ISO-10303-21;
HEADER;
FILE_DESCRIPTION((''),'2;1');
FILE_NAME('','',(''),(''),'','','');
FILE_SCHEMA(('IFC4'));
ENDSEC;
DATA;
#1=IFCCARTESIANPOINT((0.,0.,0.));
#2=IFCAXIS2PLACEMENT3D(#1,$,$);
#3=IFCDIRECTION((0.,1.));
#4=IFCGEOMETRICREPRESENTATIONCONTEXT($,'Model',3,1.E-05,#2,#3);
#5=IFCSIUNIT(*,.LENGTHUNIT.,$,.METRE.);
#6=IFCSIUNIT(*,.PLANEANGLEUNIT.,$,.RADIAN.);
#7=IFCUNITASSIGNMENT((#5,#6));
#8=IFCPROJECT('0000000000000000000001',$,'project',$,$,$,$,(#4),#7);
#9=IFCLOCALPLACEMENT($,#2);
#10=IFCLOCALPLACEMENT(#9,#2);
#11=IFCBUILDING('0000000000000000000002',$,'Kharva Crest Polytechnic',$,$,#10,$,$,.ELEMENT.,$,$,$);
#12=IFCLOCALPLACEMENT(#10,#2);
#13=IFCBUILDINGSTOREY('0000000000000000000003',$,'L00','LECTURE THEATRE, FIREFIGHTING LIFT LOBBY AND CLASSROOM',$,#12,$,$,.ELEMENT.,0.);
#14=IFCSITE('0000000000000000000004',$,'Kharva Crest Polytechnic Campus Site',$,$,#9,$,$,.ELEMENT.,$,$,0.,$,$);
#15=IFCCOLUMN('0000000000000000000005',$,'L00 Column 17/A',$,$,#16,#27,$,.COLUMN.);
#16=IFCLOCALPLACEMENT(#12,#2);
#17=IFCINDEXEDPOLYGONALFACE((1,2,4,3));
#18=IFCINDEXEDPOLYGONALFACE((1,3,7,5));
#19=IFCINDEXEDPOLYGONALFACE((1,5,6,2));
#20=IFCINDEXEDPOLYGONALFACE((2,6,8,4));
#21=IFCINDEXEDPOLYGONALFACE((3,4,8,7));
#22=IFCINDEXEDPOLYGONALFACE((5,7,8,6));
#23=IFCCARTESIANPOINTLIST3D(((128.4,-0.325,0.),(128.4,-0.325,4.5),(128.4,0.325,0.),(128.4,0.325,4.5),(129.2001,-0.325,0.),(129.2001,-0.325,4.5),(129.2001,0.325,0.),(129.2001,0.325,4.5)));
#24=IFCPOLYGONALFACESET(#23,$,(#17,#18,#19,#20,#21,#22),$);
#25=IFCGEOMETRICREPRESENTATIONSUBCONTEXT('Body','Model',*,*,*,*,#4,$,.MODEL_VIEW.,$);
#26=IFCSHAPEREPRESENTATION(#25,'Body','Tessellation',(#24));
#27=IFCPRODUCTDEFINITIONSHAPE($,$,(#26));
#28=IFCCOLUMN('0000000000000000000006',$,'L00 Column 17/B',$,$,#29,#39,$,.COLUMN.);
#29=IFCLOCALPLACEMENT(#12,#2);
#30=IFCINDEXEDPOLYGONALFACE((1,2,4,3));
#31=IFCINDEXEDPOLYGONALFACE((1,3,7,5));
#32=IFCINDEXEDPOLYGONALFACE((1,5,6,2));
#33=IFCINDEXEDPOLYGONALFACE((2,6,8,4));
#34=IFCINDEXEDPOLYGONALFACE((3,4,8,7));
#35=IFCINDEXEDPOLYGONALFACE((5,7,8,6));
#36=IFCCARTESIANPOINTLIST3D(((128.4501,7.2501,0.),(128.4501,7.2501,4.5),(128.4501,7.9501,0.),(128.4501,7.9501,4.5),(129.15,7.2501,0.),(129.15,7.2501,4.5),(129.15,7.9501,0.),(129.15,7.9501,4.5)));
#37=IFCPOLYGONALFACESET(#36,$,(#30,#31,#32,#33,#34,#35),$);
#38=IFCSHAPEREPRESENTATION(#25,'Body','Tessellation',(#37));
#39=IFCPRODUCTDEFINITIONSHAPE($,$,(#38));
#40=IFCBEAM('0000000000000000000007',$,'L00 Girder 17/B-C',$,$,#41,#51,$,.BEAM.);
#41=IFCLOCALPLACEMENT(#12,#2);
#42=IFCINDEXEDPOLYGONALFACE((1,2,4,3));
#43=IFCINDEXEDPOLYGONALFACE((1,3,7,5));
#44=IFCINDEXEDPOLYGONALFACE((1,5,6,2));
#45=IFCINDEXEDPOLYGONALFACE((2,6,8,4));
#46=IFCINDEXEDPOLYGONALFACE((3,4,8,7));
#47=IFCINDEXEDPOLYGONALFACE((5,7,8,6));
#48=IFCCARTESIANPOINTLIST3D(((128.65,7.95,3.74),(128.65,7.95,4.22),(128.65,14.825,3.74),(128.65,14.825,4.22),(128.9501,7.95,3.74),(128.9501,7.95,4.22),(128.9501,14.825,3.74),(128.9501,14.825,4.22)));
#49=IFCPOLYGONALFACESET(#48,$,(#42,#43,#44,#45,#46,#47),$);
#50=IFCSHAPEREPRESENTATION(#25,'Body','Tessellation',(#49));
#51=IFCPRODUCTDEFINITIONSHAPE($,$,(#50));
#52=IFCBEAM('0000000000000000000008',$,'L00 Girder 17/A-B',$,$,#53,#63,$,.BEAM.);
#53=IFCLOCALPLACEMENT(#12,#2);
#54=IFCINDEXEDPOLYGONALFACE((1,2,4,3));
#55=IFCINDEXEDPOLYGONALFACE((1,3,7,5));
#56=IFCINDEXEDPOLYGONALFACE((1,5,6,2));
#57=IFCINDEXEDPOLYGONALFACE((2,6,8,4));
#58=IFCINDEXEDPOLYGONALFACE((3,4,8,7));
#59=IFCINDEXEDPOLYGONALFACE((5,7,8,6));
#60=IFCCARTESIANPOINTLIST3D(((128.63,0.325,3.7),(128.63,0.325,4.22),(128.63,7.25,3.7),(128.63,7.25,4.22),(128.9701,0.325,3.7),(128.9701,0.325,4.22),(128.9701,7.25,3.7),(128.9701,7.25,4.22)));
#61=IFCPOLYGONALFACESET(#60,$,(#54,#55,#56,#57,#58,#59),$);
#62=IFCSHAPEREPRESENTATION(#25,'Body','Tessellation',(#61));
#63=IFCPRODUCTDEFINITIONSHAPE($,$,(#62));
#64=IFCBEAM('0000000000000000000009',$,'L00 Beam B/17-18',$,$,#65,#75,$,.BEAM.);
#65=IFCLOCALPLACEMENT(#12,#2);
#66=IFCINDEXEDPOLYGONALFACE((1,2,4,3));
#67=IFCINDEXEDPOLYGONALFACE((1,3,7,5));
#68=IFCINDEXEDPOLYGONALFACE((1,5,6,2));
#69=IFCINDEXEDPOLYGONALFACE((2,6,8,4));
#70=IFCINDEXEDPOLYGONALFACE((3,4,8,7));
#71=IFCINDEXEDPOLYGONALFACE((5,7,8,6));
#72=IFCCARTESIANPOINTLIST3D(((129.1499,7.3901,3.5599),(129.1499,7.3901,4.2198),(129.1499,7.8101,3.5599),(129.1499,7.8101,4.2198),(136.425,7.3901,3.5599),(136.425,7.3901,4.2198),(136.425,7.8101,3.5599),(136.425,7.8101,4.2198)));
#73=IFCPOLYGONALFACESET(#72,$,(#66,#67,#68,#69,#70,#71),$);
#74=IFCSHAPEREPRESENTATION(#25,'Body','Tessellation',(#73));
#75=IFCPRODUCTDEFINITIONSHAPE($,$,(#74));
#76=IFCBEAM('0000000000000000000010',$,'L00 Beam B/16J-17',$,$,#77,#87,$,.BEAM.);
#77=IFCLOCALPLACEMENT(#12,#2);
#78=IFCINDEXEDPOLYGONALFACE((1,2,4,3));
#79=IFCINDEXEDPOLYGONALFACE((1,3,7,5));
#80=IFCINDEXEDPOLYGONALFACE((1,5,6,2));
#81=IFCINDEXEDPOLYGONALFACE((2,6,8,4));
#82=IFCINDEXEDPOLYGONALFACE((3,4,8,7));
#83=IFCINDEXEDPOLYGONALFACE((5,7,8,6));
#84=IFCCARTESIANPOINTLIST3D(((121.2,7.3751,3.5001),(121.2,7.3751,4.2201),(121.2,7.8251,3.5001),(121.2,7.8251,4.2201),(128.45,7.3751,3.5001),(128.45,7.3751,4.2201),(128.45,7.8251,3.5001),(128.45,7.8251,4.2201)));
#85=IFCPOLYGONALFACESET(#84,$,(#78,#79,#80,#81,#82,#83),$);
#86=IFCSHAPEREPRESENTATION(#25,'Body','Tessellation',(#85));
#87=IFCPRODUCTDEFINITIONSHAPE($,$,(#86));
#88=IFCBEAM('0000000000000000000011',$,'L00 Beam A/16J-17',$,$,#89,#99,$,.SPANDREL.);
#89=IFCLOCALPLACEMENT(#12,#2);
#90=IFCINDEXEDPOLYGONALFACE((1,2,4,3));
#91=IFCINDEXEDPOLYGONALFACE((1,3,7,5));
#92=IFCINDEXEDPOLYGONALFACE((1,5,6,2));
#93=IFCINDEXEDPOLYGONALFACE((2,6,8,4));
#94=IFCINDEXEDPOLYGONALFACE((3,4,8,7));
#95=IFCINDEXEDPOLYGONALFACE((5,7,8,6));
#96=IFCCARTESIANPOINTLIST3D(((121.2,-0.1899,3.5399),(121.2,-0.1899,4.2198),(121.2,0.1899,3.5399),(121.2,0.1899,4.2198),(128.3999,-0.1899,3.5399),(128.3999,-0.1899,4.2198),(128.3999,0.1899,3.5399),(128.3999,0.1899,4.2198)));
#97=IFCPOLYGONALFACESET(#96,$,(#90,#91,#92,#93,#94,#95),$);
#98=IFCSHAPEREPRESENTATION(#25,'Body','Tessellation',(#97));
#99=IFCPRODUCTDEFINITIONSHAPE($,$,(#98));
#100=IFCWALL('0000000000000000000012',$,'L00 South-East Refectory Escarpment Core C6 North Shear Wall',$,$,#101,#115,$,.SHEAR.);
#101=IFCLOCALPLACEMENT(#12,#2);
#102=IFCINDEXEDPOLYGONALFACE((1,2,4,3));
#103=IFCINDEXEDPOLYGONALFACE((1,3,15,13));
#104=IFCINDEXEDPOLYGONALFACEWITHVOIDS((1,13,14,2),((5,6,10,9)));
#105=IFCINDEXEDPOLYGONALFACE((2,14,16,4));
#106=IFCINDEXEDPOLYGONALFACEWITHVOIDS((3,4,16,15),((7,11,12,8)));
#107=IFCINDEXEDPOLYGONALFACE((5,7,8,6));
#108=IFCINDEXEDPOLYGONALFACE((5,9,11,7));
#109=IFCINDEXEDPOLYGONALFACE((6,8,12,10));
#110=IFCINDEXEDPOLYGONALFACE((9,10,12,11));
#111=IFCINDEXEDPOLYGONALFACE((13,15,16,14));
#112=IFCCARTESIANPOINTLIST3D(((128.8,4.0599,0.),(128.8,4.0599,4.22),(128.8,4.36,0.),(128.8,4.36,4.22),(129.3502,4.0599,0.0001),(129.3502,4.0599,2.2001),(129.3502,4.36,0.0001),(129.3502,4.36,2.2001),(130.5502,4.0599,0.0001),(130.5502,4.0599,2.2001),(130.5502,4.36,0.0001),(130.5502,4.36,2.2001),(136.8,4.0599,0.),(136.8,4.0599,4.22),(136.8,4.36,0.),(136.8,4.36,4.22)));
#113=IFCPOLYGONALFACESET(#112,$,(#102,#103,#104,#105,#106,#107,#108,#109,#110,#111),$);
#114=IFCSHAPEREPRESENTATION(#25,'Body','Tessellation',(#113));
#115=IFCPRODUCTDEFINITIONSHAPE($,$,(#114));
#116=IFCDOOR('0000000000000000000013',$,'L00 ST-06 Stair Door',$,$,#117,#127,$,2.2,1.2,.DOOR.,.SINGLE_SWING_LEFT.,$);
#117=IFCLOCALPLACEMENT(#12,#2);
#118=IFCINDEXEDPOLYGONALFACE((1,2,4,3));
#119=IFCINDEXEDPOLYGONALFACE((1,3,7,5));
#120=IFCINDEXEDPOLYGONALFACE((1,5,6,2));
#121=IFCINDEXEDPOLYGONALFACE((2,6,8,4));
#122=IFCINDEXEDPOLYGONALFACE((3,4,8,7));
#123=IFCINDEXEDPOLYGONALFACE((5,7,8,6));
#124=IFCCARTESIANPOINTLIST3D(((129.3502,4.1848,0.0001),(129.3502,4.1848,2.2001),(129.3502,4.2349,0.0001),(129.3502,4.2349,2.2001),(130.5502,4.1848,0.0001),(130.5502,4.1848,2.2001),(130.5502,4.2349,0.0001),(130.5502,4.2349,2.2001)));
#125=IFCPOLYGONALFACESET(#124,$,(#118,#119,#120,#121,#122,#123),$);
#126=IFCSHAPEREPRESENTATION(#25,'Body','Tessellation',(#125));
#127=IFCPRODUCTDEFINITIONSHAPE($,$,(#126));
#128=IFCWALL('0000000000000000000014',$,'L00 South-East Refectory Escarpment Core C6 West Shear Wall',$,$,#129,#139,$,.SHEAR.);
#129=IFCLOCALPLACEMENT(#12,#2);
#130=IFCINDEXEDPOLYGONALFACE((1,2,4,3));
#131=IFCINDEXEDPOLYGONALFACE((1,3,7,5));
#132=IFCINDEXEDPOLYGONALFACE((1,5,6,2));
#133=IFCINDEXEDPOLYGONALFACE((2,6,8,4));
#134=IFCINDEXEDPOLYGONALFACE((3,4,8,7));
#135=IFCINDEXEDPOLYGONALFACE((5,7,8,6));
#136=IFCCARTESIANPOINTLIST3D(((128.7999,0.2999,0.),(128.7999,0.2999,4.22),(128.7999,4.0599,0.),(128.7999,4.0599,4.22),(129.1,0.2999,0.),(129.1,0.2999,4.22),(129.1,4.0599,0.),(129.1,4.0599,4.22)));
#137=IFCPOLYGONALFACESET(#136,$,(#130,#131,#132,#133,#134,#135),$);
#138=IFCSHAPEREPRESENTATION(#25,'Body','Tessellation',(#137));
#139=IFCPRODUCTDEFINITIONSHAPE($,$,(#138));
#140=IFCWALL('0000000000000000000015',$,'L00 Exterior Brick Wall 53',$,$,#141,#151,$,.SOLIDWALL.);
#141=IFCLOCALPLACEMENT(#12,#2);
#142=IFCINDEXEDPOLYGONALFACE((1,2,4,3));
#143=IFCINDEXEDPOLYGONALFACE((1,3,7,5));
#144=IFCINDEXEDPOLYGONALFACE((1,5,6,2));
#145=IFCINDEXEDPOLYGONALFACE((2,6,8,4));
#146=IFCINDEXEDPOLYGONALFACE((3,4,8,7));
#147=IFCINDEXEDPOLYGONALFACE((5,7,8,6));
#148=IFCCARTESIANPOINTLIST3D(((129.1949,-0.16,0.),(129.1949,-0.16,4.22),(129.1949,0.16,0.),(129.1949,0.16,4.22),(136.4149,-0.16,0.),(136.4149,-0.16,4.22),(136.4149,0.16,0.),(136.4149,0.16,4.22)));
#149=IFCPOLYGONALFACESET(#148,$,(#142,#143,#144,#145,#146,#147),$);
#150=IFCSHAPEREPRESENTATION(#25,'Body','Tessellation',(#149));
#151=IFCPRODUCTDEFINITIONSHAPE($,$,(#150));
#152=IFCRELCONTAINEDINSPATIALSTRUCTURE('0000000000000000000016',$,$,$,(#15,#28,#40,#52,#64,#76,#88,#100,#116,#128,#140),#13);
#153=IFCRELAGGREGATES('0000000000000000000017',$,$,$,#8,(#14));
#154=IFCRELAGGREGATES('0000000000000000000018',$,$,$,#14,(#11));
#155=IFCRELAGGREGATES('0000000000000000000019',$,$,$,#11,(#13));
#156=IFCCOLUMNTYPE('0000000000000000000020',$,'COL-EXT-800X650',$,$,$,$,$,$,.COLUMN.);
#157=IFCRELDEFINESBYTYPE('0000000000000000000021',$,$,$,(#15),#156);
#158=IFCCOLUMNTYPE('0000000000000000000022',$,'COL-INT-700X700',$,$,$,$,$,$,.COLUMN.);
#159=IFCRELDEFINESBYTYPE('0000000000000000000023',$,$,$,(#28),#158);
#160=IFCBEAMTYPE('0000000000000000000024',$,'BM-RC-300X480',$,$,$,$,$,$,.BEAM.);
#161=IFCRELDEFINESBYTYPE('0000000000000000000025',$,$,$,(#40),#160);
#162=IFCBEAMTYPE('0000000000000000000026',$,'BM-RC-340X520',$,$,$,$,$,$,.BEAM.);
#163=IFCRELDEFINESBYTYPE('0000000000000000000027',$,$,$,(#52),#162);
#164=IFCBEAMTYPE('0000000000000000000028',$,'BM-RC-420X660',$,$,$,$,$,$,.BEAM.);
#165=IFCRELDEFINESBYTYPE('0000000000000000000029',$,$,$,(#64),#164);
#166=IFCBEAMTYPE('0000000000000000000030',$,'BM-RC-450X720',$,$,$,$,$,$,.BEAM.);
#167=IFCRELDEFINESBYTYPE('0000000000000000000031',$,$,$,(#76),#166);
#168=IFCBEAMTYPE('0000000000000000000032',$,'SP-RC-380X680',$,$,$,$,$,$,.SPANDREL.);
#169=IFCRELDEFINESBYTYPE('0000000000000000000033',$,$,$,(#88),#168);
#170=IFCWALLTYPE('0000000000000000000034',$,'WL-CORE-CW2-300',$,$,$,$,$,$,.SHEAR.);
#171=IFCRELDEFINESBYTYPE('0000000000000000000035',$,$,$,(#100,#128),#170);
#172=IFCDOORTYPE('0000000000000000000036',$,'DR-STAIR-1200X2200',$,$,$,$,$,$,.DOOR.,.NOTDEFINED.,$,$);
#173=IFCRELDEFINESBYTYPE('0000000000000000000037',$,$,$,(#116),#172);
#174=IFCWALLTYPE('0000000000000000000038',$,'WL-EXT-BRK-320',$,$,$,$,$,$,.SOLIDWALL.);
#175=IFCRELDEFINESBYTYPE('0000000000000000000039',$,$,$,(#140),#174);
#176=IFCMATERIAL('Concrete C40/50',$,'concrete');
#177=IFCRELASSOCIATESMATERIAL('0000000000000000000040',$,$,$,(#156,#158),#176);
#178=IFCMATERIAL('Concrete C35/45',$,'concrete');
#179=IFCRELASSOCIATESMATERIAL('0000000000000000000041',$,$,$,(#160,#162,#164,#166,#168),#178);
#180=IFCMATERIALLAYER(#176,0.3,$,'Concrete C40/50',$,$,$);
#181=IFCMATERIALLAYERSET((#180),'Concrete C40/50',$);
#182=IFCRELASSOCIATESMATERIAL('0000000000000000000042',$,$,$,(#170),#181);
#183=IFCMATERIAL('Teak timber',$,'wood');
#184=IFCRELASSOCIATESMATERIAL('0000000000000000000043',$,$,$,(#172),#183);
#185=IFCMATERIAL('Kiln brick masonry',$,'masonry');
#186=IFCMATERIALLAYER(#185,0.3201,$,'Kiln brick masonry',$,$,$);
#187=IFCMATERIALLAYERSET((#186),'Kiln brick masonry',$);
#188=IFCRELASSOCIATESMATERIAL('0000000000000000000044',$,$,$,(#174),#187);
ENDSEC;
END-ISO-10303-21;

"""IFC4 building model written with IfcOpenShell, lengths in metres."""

from ifc_helpers import new_model, si_unit, direction, frame, frame_2d, origin, origin_2d, place, context, subcontext, project, spatial, rectangle, extrude, material, layer, layer_set, material_profile, profile_set, type_object, element, fill, save


model = new_model("IFC4")

# Units and contexts
model_context = context("Model", 3, precision=1e-05, world=origin(), true_north=direction((0.0, 1.0)))
body_context = subcontext(model_context, "Body", "Model", "MODEL_VIEW")
ifc_project = project(units=[si_unit("LENGTHUNIT", "METRE"), si_unit("PLANEANGLEUNIT", "RADIAN")], contexts=[model_context])

# Site, building, storey
site_placement = place(None, origin())
site = spatial("IfcSite", under=ifc_project, at=site_placement, Name="Kharva Crest Polytechnic Campus Site", CompositionType="ELEMENT", RefElevation=0.0)
building_placement = place(site_placement, origin())
building = spatial("IfcBuilding", under=site, at=building_placement, Name="Kharva Crest Polytechnic", CompositionType="ELEMENT")
storey_placement = place(building_placement, origin())
storey = spatial("IfcBuildingStorey", under=building, at=storey_placement, Name="L00", Description="LECTURE THEATRE, FIREFIGHTING LIFT LOBBY AND CLASSROOM", CompositionType="ELEMENT", Elevation=0.0)

# Columns
ifc_material_1 = material(Name="Concrete C40/50", Category="concrete")
ifc_material_profile_1 = material_profile(ifc_material_1, rectangle(XDim=0.8, YDim=0.6499, at=origin_2d()), Name="RECT 800 X 650")
ifc_profile_set_1 = profile_set([ifc_material_profile_1], Name="Concrete C40/50")
column_type_1 = type_object("IfcColumnType", Name="COL-EXT-800X650", PredefinedType="COLUMN", material=ifc_profile_set_1)
column_1_placement = place(storey_placement, frame((128.8, 0.0, 0.0), z_axis=(0.0, 0.0, 1.0), x_axis=(1.0, 0.0, 0.0)))
element("IfcColumn", 1, at=column_1_placement, inside=storey, type_object=column_type_1, Name="L00 Column 17/A", PredefinedType="COLUMN", context=body_context, shape_type="SweptSolid", body=[
    extrude(rectangle(XDim=0.8, YDim=0.6499, at=origin_2d()), origin(), (0.0, 0.0, 1.0), 4.5),
])
ifc_material_profile_2 = material_profile(ifc_material_1, rectangle(XDim=0.7, YDim=0.7, at=origin_2d()), Name="RECT 700 X 700")
ifc_profile_set_2 = profile_set([ifc_material_profile_2], Name="Concrete C40/50")
column_type_2 = type_object("IfcColumnType", Name="COL-INT-700X700", PredefinedType="COLUMN", material=ifc_profile_set_2)
column_2_placement = place(storey_placement, frame((128.8, 7.6001, 0.0), z_axis=(0.0, 0.0, 1.0), x_axis=(1.0, 0.0, 0.0)))
element("IfcColumn", 2, at=column_2_placement, inside=storey, type_object=column_type_2, Name="L00 Column 17/B", PredefinedType="COLUMN", context=body_context, shape_type="SweptSolid", body=[
    extrude(rectangle(XDim=0.7, YDim=0.7, at=origin_2d()), origin(), (0.0, 0.0, 1.0), 4.5),
])

# Beams
ifc_material_2 = material(Name="Concrete C35/45", Category="concrete")
ifc_material_profile_3 = material_profile(ifc_material_2, rectangle(XDim=0.3, YDim=0.48, at=origin_2d()), Name="RECT 300 X 480")
ifc_profile_set_3 = profile_set([ifc_material_profile_3], Name="Concrete C35/45")
beam_type_1 = type_object("IfcBeamType", Name="BM-RC-300X480", PredefinedType="BEAM", material=ifc_profile_set_3)
beam_1_placement = place(storey_placement, frame((128.8, 7.95, 3.98), z_axis=(0.0, 1.0, 0.0), x_axis=(-1.0, 0.0, 0.0)))
element("IfcBeam", 3, at=beam_1_placement, inside=storey, type_object=beam_type_1, Name="L00 Girder 17/B-C", PredefinedType="BEAM", context=body_context, shape_type="SweptSolid", body=[
    extrude(rectangle(XDim=0.3, YDim=0.48, at=origin_2d()), origin(), (0.0, 0.0, 1.0), 6.875),
])
ifc_material_profile_4 = material_profile(ifc_material_2, rectangle(XDim=0.3401, YDim=0.52, at=origin_2d()), Name="RECT 340 X 520")
ifc_profile_set_4 = profile_set([ifc_material_profile_4], Name="Concrete C35/45")
beam_type_2 = type_object("IfcBeamType", Name="BM-RC-340X520", PredefinedType="BEAM", material=ifc_profile_set_4)
beam_2_placement = place(storey_placement, frame((128.8, 0.325, 3.96), z_axis=(0.0, 1.0, 0.0), x_axis=(-1.0, 0.0, 0.0)))
element("IfcBeam", 4, at=beam_2_placement, inside=storey, type_object=beam_type_2, Name="L00 Girder 17/A-B", PredefinedType="BEAM", context=body_context, shape_type="SweptSolid", body=[
    extrude(rectangle(XDim=0.3401, YDim=0.52, at=origin_2d()), origin(), (0.0, 0.0, 1.0), 6.925),
])
ifc_material_profile_5 = material_profile(ifc_material_2, rectangle(XDim=0.4199, YDim=0.6599, at=origin_2d()), Name="RECT 420 X 660")
ifc_profile_set_5 = profile_set([ifc_material_profile_5], Name="Concrete C35/45")
beam_type_3 = type_object("IfcBeamType", Name="BM-RC-420X660", PredefinedType="BEAM", material=ifc_profile_set_5)
beam_3_placement = place(storey_placement, frame((129.1499, 7.6001, 3.8899), z_axis=(1.0, 0.0, 0.0), x_axis=(0.0, 1.0, 0.0)))
element("IfcBeam", 5, at=beam_3_placement, inside=storey, type_object=beam_type_3, Name="L00 Beam B/17-18", PredefinedType="BEAM", context=body_context, shape_type="SweptSolid", body=[
    extrude(rectangle(XDim=0.4199, YDim=0.6599, at=origin_2d()), origin(), (0.0, 0.0, 1.0), 7.2751),
])
ifc_material_profile_6 = material_profile(ifc_material_2, rectangle(XDim=0.45, YDim=0.72, at=origin_2d()), Name="RECT 450 X 720")
ifc_profile_set_6 = profile_set([ifc_material_profile_6], Name="Concrete C35/45")
beam_type_4 = type_object("IfcBeamType", Name="BM-RC-450X720", PredefinedType="BEAM", material=ifc_profile_set_6)
beam_4_placement = place(storey_placement, frame((121.2, 7.6001, 3.8601), z_axis=(1.0, 0.0, 0.0), x_axis=(0.0, 1.0, 0.0)))
element("IfcBeam", 6, at=beam_4_placement, inside=storey, type_object=beam_type_4, Name="L00 Beam B/16J-17", PredefinedType="BEAM", context=body_context, shape_type="SweptSolid", body=[
    extrude(rectangle(XDim=0.45, YDim=0.72, at=origin_2d()), origin(), (0.0, 0.0, 1.0), 7.25),
])
ifc_material_profile_7 = material_profile(ifc_material_2, rectangle(XDim=0.3799, YDim=0.6799, at=origin_2d()), Name="RECT 380 X 680")
ifc_profile_set_7 = profile_set([ifc_material_profile_7], Name="Concrete C35/45")
beam_type_5 = type_object("IfcBeamType", Name="SP-RC-380X680", PredefinedType="SPANDREL", material=ifc_profile_set_7)
beam_5_placement = place(storey_placement, frame((121.2, 0.0, 3.8799), z_axis=(1.0, 0.0, 0.0), x_axis=(0.0, 1.0, 0.0)))
element("IfcBeam", 7, at=beam_5_placement, inside=storey, type_object=beam_type_5, Name="L00 Beam A/16J-17", PredefinedType="SPANDREL", context=body_context, shape_type="SweptSolid", body=[
    extrude(rectangle(XDim=0.3799, YDim=0.6799, at=origin_2d()), origin(), (0.0, 0.0, 1.0), 7.2),
])

# Wall, opening, door
ifc_layer_1 = layer(ifc_material_1, 0.3, Name="Concrete C40/50")
ifc_layer_set_1 = layer_set([ifc_layer_1], Name="Concrete C40/50")
wall_type_1 = type_object("IfcWallType", Name="WL-CORE-CW2-300", PredefinedType="SHEAR", material=ifc_layer_set_1)
wall_1_placement = place(storey_placement, frame((128.8, 4.21, 0.0), z_axis=(0.0, 0.0, 1.0), x_axis=(1.0, 0.0, 0.0)))
wall_1 = element("IfcWall", 8, at=wall_1_placement, inside=storey, type_object=wall_type_1, Name="L00 South-East Refectory Escarpment Core C6 North Shear Wall", PredefinedType="SHEAR", context=body_context, shape_type="SweptSolid", body=[
    extrude(rectangle(XDim=8.0, YDim=0.3, at=frame_2d((4.0, 0.0))), origin(), (0.0, 0.0, 1.0), 4.22),
])
opening_1_placement = place(wall_1_placement, frame((0.55, 0.0, 0.0)))
opening_1 = element("IfcOpeningElement", 9, at=opening_1_placement, cuts=wall_1, PredefinedType="OPENING", context=body_context, shape_type="SweptSolid", body=[
    extrude(rectangle(XDim=1.2, YDim=2.2, at=frame_2d((0.6001, 1.1001))), frame((0.0, 0.1599, 0.0), z_axis=(0.0, -1.0, 0.0), x_axis=(1.0, 0.0, 0.0)), (0.0, 0.0, 1.0), 0.3201),
])
ifc_material_3 = material(Name="Teak timber", Category="wood")
door_type_1 = type_object("IfcDoorType", Name="DR-STAIR-1200X2200", OperationType="NOTDEFINED", PredefinedType="DOOR", material=ifc_material_3)
door_1_placement = place(opening_1_placement, origin())
door_1 = element("IfcDoor", 10, at=door_1_placement, inside=storey, type_object=door_type_1, Name="L00 ST-06 Stair Door", OperationType="SINGLE_SWING_LEFT", OverallHeight=2.2, OverallWidth=1.2, PredefinedType="DOOR", context=body_context, shape_type="SweptSolid", body=[
    extrude(rectangle(XDim=1.2, YDim=2.2, at=frame_2d((0.6001, 1.1001))), frame((0.0, 0.0249, 0.0), z_axis=(0.0, -1.0, 0.0), x_axis=(1.0, 0.0, 0.0)), (0.0, 0.0, 1.0), 0.05),
])
fill(opening_1, door_1)

# Walls
wall_2_placement = place(storey_placement, frame((128.95, 0.3, 0.0), z_axis=(0.0, 0.0, 1.0), x_axis=(0.0, 1.0, 0.0)))
element("IfcWall", 11, at=wall_2_placement, inside=storey, type_object=wall_type_1, Name="L00 South-East Refectory Escarpment Core C6 West Shear Wall", PredefinedType="SHEAR", context=body_context, shape_type="SweptSolid", body=[
    extrude(rectangle(XDim=3.76, YDim=0.3, at=frame_2d((1.8799, 0.0))), origin(), (0.0, 0.0, 1.0), 4.22),
])
ifc_material_4 = material(Name="Kiln brick masonry", Category="masonry")
ifc_layer_2 = layer(ifc_material_4, 0.3201, Name="Kiln brick masonry")
ifc_layer_set_2 = layer_set([ifc_layer_2], Name="Kiln brick masonry")
wall_type_2 = type_object("IfcWallType", Name="WL-EXT-BRK-320", PredefinedType="SOLIDWALL", material=ifc_layer_set_2)
wall_3_placement = place(storey_placement, frame((129.1951, 0.0, 0.0), z_axis=(0.0, 0.0, 1.0), x_axis=(1.0, 0.0, 0.0)))
element("IfcWall", 12, at=wall_3_placement, inside=storey, type_object=wall_type_2, Name="L00 Exterior Brick Wall 53", PredefinedType="SOLIDWALL", context=body_context, shape_type="SweptSolid", body=[
    extrude(rectangle(XDim=7.22, YDim=0.3201, at=frame_2d((3.6099, 0.0))), origin(), (0.0, 0.0, 1.0), 4.22),
])

save(model, "model.ifc")
